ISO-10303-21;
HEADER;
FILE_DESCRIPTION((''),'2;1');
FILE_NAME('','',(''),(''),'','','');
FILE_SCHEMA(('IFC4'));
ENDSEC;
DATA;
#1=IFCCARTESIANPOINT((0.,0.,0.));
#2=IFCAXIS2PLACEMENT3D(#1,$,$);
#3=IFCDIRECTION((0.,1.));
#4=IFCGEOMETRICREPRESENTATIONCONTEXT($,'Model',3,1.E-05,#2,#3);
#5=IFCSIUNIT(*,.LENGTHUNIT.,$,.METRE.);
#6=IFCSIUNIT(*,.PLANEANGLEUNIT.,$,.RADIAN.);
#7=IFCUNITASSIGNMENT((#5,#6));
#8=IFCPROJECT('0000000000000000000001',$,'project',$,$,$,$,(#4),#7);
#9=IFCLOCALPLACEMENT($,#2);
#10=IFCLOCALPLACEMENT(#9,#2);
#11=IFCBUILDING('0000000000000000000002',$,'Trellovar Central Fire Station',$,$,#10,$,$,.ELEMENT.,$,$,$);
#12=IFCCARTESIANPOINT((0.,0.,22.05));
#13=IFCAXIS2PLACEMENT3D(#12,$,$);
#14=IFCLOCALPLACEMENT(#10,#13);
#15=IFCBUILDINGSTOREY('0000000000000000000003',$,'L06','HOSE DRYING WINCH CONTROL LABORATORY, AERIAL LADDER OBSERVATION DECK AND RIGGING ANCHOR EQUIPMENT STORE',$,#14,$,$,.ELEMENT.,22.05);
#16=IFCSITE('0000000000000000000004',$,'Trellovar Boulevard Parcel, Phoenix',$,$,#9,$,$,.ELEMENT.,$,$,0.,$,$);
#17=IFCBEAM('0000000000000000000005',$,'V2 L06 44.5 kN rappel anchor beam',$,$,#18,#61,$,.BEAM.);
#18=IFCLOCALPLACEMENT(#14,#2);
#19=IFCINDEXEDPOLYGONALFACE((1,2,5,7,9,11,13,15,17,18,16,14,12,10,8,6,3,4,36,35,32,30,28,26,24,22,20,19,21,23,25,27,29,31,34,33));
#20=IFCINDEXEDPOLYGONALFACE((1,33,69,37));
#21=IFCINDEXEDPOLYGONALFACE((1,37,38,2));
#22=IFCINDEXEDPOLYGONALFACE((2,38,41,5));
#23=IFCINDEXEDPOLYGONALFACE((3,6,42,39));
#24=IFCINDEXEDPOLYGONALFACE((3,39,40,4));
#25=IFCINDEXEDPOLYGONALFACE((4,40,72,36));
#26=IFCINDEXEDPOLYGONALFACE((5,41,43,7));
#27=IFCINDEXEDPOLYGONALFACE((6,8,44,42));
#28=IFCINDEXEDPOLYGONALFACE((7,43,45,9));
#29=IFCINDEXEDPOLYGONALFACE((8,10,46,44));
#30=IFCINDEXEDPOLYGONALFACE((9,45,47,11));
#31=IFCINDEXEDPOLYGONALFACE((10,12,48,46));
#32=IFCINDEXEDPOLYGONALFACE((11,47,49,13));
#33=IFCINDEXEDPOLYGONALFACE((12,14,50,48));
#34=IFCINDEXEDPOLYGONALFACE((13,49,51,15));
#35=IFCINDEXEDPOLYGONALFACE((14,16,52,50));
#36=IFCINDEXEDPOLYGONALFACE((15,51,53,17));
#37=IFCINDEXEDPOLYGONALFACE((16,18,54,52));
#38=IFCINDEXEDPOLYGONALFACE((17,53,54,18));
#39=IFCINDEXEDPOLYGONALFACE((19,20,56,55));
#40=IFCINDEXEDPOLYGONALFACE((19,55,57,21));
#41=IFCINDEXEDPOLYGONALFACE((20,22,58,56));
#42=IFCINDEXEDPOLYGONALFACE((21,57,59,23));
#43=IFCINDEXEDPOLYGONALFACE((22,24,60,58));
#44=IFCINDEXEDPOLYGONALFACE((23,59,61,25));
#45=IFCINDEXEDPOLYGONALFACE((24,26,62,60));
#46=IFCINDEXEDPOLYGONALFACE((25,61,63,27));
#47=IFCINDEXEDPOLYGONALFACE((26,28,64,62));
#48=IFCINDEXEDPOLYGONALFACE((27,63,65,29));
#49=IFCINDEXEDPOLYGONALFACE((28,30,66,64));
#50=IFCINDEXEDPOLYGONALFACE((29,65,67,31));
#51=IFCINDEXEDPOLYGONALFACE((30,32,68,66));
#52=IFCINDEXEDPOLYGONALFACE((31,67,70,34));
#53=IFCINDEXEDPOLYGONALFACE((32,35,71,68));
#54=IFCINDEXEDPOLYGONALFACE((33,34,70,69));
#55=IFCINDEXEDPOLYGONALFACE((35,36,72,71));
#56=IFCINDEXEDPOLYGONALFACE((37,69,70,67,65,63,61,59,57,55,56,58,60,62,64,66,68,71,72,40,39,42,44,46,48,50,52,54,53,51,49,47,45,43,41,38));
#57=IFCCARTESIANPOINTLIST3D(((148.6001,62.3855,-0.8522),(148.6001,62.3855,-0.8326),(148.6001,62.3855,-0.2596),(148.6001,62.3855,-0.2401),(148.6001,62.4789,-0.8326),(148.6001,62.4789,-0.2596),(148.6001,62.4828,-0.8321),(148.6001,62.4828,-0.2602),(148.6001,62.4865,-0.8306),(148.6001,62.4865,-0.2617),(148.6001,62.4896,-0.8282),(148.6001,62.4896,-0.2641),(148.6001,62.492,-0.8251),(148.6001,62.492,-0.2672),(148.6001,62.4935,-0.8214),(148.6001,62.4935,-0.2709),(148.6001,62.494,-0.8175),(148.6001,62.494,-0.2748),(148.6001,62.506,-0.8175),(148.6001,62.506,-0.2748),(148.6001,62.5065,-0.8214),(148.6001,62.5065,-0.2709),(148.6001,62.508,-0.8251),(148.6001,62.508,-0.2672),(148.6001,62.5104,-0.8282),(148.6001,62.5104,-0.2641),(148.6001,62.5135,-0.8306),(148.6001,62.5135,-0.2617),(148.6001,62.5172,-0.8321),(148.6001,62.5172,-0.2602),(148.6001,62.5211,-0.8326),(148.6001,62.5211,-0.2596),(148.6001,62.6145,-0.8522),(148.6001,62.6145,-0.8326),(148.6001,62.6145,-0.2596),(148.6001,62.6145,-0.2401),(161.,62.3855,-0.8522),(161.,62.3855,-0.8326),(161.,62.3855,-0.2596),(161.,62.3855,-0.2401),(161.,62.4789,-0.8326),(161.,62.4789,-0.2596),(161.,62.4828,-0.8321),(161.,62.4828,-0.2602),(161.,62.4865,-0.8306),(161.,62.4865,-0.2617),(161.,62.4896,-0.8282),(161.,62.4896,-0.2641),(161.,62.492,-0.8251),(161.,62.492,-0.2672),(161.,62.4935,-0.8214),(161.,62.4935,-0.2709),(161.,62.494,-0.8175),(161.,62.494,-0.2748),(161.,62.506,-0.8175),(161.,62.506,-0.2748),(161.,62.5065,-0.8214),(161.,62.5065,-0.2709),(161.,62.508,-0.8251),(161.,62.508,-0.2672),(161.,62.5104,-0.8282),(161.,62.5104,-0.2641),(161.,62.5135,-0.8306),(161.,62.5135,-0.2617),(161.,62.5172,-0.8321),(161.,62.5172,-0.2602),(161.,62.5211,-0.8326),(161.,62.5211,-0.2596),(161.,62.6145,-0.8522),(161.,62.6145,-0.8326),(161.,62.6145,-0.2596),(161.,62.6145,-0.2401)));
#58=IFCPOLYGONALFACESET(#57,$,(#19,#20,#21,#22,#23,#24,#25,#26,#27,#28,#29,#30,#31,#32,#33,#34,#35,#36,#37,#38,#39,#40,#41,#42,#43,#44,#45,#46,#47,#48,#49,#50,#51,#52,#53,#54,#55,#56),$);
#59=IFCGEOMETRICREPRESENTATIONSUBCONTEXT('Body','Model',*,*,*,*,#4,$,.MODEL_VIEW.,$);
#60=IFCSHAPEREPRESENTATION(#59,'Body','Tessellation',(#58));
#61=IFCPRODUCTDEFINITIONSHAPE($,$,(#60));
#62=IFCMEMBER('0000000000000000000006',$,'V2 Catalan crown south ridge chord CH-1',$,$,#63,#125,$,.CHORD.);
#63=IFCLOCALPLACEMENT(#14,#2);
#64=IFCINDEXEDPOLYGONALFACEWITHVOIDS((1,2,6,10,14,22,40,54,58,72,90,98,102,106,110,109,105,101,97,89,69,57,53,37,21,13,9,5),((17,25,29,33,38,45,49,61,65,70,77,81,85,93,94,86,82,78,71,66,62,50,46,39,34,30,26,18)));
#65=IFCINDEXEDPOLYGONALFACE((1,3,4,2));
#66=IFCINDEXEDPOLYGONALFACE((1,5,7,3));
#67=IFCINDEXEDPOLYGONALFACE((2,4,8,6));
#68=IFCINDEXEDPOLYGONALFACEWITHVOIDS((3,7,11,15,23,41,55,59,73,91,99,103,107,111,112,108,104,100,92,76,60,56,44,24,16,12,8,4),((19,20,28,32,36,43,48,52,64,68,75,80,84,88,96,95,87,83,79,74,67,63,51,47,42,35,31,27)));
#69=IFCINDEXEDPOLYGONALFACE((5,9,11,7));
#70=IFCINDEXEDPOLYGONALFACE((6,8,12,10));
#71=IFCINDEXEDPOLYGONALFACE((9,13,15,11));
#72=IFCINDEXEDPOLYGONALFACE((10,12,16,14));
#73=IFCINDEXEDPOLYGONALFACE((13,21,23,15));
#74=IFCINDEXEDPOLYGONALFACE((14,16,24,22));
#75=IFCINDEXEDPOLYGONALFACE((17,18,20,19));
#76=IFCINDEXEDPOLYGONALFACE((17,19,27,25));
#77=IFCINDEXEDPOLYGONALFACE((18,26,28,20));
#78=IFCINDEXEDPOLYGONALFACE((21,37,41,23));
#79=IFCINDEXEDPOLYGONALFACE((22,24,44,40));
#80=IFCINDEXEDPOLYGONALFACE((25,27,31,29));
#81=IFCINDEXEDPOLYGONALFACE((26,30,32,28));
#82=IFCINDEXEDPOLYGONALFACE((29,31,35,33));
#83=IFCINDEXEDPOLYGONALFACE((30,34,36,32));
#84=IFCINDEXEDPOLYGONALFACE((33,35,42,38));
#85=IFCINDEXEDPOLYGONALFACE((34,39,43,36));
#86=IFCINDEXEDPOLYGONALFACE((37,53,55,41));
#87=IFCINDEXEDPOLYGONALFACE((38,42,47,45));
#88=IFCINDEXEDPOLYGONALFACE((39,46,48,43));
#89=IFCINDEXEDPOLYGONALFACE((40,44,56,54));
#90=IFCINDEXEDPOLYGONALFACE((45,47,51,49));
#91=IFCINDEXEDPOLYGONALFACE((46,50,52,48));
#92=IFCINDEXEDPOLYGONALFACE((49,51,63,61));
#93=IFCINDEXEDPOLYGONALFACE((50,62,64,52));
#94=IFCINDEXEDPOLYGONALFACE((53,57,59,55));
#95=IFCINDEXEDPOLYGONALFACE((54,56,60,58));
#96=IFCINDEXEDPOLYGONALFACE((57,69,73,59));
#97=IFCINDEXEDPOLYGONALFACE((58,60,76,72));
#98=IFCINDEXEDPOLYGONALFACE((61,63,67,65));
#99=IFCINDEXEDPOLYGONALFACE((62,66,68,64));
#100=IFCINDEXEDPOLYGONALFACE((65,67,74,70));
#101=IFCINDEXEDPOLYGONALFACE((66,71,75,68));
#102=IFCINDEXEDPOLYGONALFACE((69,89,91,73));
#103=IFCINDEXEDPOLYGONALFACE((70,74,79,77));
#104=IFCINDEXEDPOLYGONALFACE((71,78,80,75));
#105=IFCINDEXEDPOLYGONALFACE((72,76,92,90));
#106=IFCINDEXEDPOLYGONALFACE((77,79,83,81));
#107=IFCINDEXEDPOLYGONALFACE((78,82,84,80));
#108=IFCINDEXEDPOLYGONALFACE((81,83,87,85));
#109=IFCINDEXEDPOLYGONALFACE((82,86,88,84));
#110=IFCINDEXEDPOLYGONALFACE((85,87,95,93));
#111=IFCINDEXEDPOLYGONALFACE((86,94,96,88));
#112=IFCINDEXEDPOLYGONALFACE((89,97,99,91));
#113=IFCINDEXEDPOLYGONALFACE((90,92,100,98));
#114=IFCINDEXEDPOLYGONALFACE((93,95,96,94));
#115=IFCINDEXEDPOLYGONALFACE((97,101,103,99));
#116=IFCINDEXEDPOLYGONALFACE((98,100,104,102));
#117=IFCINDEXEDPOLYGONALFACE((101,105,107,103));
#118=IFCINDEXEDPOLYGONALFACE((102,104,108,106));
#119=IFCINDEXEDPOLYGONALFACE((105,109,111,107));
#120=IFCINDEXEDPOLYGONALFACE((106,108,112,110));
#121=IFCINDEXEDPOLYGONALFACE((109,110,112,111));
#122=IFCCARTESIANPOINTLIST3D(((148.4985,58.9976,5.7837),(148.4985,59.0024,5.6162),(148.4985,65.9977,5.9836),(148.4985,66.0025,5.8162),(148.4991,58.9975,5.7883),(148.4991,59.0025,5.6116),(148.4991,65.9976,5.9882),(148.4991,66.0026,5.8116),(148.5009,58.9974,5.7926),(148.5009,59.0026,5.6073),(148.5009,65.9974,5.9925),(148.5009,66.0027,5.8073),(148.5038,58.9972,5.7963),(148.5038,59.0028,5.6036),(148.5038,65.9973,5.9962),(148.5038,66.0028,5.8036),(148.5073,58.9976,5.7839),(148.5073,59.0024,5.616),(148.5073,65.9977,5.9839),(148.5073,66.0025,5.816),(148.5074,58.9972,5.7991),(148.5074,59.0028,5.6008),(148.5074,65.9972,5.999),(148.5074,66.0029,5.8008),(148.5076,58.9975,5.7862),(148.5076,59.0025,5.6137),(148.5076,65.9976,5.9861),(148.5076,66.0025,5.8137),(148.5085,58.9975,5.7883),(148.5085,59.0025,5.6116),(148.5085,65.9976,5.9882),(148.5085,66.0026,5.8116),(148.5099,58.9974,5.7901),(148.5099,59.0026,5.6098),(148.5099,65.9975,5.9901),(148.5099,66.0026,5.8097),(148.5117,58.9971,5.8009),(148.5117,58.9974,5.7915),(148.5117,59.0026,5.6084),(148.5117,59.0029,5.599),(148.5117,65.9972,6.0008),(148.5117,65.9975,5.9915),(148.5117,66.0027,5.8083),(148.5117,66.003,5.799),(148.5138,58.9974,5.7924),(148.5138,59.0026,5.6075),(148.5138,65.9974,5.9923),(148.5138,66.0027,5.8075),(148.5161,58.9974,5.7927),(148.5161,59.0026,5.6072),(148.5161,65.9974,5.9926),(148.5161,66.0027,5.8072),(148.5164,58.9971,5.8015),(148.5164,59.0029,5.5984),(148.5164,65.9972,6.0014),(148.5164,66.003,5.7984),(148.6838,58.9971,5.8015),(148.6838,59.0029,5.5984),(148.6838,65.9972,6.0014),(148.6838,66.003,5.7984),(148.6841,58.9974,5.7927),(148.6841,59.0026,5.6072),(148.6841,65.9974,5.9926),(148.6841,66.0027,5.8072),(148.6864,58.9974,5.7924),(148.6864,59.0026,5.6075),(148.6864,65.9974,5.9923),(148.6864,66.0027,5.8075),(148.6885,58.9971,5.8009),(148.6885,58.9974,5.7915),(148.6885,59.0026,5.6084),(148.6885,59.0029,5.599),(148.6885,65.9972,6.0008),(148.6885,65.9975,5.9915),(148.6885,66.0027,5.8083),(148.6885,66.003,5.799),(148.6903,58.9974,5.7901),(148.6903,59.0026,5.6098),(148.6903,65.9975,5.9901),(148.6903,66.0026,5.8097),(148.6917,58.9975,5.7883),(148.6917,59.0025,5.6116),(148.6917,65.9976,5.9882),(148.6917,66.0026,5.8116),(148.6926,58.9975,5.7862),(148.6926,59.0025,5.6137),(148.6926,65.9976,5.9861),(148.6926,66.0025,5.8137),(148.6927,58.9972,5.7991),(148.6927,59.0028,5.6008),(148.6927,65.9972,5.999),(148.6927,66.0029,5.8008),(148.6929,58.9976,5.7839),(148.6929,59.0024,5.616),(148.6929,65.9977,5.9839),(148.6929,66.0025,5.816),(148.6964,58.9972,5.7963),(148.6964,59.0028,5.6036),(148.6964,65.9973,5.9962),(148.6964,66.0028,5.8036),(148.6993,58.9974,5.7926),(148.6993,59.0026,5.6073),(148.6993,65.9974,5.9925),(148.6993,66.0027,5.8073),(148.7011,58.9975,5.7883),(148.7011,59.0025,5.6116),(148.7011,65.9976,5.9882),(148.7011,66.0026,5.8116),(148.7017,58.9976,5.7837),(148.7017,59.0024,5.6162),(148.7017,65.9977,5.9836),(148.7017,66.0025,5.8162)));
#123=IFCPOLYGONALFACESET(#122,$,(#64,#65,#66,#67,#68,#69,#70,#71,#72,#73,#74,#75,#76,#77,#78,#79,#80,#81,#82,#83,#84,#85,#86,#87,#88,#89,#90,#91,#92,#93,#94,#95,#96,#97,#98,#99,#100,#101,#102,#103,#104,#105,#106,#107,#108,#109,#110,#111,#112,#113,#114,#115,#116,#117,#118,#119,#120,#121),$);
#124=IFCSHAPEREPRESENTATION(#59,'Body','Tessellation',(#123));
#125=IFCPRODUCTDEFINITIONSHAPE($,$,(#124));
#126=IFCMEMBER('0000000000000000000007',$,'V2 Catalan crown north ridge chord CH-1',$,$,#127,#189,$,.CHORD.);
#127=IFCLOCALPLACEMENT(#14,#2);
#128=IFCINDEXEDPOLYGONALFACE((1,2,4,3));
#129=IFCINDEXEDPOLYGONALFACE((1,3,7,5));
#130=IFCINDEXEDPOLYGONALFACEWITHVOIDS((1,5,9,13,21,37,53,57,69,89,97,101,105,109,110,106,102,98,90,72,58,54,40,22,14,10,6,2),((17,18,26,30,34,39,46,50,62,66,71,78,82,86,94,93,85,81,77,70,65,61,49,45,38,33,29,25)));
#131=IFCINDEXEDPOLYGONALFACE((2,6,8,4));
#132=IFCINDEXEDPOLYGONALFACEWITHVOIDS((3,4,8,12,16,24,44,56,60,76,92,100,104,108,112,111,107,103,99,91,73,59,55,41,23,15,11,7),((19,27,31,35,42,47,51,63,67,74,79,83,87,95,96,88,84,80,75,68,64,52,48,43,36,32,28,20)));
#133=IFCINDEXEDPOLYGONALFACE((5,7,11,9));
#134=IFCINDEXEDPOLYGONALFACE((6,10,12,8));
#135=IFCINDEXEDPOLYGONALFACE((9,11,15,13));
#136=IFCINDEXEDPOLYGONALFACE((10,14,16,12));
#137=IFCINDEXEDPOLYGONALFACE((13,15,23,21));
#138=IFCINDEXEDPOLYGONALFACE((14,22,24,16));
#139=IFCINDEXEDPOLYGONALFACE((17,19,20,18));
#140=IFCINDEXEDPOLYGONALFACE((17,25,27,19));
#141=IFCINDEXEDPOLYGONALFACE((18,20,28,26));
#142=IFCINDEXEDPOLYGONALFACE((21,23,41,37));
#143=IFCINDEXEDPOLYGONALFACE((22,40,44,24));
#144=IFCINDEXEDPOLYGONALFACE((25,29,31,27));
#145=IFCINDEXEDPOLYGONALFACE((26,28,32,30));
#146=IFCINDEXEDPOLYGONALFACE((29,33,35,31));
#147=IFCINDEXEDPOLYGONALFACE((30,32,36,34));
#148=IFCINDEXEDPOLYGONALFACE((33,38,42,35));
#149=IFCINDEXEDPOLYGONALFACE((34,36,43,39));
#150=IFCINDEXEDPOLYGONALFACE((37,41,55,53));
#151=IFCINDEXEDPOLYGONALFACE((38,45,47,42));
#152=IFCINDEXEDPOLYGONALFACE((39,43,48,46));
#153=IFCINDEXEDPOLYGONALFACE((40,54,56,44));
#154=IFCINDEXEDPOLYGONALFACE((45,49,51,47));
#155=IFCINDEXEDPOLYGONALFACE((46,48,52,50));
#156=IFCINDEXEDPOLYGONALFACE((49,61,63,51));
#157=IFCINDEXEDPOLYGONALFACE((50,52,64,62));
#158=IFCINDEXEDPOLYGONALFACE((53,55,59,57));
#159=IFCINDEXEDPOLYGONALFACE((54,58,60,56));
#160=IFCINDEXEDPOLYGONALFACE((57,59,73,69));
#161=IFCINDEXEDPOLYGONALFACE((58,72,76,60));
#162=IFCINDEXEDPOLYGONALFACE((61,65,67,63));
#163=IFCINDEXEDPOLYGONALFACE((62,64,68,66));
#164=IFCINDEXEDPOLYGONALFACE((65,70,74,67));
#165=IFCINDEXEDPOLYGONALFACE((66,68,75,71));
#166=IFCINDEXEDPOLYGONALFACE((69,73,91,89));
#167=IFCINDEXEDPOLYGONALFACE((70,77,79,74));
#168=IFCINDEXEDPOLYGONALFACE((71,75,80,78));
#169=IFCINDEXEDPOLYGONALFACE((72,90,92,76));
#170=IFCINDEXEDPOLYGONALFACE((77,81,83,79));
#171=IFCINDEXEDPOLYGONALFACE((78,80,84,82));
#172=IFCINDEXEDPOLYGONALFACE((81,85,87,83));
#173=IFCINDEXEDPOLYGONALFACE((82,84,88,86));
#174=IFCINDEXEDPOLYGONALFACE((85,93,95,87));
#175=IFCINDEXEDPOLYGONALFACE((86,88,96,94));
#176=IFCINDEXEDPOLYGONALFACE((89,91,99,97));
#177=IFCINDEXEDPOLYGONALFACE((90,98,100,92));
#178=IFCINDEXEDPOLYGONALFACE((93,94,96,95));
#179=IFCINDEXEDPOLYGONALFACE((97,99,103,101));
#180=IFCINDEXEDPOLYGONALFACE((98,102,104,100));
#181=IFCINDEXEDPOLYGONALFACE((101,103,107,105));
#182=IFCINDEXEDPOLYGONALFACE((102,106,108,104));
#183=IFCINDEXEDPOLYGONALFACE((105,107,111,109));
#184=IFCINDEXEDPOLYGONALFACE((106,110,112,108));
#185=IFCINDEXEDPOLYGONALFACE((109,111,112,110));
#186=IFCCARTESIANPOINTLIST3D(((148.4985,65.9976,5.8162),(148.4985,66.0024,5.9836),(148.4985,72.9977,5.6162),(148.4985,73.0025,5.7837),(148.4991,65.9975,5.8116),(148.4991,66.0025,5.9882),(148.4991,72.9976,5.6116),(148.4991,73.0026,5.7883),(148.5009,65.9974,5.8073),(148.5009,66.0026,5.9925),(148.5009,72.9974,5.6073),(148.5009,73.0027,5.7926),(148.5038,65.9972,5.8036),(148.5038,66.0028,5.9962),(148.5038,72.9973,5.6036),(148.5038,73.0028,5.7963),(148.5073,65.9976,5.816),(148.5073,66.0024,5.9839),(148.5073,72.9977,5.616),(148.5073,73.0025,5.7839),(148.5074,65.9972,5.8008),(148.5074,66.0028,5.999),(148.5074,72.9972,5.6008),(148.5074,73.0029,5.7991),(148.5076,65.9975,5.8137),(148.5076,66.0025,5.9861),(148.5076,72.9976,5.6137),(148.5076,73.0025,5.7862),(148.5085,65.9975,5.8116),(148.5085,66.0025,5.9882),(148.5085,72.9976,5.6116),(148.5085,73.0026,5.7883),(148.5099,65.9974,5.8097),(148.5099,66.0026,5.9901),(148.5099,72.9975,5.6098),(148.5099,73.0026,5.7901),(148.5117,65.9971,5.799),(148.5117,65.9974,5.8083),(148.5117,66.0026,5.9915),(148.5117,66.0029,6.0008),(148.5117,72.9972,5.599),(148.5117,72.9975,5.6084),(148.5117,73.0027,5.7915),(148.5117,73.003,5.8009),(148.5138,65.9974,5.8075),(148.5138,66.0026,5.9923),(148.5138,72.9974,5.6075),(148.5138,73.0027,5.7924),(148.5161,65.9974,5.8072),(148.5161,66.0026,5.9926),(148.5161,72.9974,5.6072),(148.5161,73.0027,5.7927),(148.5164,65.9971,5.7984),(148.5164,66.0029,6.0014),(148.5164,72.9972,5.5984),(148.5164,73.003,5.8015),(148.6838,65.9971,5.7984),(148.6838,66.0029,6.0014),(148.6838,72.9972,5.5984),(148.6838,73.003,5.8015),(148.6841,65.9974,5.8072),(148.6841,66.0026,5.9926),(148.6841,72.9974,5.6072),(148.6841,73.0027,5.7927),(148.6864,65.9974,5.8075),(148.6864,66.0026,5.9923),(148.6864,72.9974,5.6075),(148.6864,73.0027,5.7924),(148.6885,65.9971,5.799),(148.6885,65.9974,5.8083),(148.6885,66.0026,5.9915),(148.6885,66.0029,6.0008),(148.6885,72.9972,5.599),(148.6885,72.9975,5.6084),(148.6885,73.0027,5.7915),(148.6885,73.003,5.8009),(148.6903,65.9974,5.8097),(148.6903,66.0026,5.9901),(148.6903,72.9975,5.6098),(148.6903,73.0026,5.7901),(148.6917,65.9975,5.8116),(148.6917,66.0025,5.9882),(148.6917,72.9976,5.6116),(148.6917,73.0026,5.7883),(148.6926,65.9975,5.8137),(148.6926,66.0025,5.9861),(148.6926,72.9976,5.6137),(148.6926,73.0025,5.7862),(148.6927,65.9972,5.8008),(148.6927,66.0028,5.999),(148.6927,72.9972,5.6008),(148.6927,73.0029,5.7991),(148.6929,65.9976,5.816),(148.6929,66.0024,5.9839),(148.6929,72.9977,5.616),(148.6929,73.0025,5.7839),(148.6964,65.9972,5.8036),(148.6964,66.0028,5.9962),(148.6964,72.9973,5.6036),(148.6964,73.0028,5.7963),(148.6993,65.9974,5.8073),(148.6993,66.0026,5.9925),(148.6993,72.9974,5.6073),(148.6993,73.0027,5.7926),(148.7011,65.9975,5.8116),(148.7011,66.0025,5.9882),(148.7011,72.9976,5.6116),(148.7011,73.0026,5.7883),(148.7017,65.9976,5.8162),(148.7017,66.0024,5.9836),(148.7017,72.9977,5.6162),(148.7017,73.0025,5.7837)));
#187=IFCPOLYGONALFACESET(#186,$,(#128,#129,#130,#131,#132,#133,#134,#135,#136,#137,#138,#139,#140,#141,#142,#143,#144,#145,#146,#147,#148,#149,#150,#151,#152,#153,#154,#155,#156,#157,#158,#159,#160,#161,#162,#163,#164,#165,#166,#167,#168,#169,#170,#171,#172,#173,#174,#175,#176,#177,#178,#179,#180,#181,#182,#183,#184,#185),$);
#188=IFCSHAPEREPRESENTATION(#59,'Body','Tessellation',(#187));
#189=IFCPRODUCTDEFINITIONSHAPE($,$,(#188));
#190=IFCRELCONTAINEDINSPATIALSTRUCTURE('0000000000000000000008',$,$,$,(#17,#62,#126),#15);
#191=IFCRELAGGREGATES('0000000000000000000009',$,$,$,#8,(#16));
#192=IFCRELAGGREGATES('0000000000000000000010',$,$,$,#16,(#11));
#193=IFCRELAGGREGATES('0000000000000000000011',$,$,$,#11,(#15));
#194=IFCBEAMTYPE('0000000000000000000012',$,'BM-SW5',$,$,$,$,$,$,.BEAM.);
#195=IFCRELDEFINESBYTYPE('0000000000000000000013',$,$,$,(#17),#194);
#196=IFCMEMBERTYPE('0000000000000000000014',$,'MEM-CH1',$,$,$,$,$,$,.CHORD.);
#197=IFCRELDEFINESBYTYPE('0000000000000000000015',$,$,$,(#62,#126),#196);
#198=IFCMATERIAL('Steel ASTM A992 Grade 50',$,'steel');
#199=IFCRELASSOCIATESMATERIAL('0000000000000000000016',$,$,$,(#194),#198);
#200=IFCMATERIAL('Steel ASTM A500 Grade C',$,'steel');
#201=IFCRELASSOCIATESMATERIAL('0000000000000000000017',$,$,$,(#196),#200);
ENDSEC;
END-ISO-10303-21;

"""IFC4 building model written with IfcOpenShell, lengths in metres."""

from ifc_helpers import new_model, si_unit, direction, frame, origin, origin_2d, place, context, subcontext, project, spatial, hollow_rectangle, i_section, extrude, material, material_profile, profile_set, type_object, element, save


model = new_model("IFC4")

# Units and contexts
model_context = context("Model", 3, precision=1e-05, world=origin(), true_north=direction((0.0, 1.0)))
body_context = subcontext(model_context, "Body", "Model", "MODEL_VIEW")
ifc_project = project(units=[si_unit("LENGTHUNIT", "METRE"), si_unit("PLANEANGLEUNIT", "RADIAN")], contexts=[model_context])

# Site, building, storey
site_placement = place(None, origin())
site = spatial("IfcSite", under=ifc_project, at=site_placement, Name="Trellovar Boulevard Parcel, Phoenix", CompositionType="ELEMENT", RefElevation=0.0)
building_placement = place(site_placement, origin())
building = spatial("IfcBuilding", under=site, at=building_placement, Name="Trellovar Central Fire Station", CompositionType="ELEMENT")
storey_placement = place(building_placement, frame((0.0, 0.0, 22.05)))
storey = spatial("IfcBuildingStorey", under=building, at=storey_placement, Name="L06", Description="HOSE DRYING WINCH CONTROL LABORATORY, AERIAL LADDER OBSERVATION DECK AND RIGGING ANCHOR EQUIPMENT STORE", CompositionType="ELEMENT", Elevation=22.05)

# Beam
ifc_material_1 = material(Name="Steel ASTM A992 Grade 50", Category="steel")
ifc_material_profile_1 = material_profile(ifc_material_1, i_section(OverallWidth=0.229, OverallDepth=0.6121, WebThickness=0.012, FlangeThickness=0.0195, FilletRadius=0.0151, at=origin_2d()), Name="W24X84")
ifc_profile_set_1 = profile_set([ifc_material_profile_1], Name="Steel ASTM A992 Grade 50")
beam_type_1 = type_object("IfcBeamType", Name="BM-SW5", PredefinedType="BEAM", material=ifc_profile_set_1)
beam_1_placement = place(storey_placement, frame((148.6001, 62.5, -0.5461), z_axis=(1.0, 0.0, 0.0), x_axis=(0.0, 1.0, 0.0)))
element("IfcBeam", 1, at=beam_1_placement, inside=storey, type_object=beam_type_1, Name="V2 L06 44.5 kN rappel anchor beam", PredefinedType="BEAM", context=body_context, shape_type="SweptSolid", body=[
    extrude(i_section(OverallWidth=0.229, OverallDepth=0.6121, WebThickness=0.012, FlangeThickness=0.0195, FilletRadius=0.0151, at=origin_2d()), origin(), (0.0, 0.0, 1.0), 12.3999),
])

# Members
ifc_material_2 = material(Name="Steel ASTM A500 Grade C", Category="steel")
ifc_material_profile_2 = material_profile(ifc_material_2, hollow_rectangle(XDim=0.2031, YDim=0.2031, WallThickness=0.0088, InnerFilletRadius=0.0088, OuterFilletRadius=0.0178, at=origin_2d()), Name="HSS8X8X3/8")
ifc_profile_set_2 = profile_set([ifc_material_profile_2], Name="Steel ASTM A500 Grade C")
member_type_1 = type_object("IfcMemberType", Name="MEM-CH1", PredefinedType="CHORD", material=ifc_profile_set_2)
for number, where, z_axis, x_axis, name in (
    (2, (148.6001, 59.0, 5.7), (0.0, 0.999592, 0.028553), (-1.0, 0.0, 0.0), "V2 Catalan crown south ridge chord CH-1"),
    (3, (148.6001, 66.0, 5.8999), (0.0, 0.999592, -0.028553), (-1.0, 0.0, 0.0), "V2 Catalan crown north ridge chord CH-1"),
):
    element("IfcMember", number, at=place(storey_placement, frame(where, z_axis=z_axis, x_axis=x_axis)), inside=storey, type_object=member_type_1, Name=name, PredefinedType="CHORD", context=body_context, shape_type="SweptSolid", body=[
        extrude(hollow_rectangle(XDim=0.2031, YDim=0.2031, WallThickness=0.0088, InnerFilletRadius=0.0088, OuterFilletRadius=0.0178, at=origin_2d()), origin(), (0.0, 0.0, 1.0), 7.0029),
    ])

save(model, "model.ifc")
